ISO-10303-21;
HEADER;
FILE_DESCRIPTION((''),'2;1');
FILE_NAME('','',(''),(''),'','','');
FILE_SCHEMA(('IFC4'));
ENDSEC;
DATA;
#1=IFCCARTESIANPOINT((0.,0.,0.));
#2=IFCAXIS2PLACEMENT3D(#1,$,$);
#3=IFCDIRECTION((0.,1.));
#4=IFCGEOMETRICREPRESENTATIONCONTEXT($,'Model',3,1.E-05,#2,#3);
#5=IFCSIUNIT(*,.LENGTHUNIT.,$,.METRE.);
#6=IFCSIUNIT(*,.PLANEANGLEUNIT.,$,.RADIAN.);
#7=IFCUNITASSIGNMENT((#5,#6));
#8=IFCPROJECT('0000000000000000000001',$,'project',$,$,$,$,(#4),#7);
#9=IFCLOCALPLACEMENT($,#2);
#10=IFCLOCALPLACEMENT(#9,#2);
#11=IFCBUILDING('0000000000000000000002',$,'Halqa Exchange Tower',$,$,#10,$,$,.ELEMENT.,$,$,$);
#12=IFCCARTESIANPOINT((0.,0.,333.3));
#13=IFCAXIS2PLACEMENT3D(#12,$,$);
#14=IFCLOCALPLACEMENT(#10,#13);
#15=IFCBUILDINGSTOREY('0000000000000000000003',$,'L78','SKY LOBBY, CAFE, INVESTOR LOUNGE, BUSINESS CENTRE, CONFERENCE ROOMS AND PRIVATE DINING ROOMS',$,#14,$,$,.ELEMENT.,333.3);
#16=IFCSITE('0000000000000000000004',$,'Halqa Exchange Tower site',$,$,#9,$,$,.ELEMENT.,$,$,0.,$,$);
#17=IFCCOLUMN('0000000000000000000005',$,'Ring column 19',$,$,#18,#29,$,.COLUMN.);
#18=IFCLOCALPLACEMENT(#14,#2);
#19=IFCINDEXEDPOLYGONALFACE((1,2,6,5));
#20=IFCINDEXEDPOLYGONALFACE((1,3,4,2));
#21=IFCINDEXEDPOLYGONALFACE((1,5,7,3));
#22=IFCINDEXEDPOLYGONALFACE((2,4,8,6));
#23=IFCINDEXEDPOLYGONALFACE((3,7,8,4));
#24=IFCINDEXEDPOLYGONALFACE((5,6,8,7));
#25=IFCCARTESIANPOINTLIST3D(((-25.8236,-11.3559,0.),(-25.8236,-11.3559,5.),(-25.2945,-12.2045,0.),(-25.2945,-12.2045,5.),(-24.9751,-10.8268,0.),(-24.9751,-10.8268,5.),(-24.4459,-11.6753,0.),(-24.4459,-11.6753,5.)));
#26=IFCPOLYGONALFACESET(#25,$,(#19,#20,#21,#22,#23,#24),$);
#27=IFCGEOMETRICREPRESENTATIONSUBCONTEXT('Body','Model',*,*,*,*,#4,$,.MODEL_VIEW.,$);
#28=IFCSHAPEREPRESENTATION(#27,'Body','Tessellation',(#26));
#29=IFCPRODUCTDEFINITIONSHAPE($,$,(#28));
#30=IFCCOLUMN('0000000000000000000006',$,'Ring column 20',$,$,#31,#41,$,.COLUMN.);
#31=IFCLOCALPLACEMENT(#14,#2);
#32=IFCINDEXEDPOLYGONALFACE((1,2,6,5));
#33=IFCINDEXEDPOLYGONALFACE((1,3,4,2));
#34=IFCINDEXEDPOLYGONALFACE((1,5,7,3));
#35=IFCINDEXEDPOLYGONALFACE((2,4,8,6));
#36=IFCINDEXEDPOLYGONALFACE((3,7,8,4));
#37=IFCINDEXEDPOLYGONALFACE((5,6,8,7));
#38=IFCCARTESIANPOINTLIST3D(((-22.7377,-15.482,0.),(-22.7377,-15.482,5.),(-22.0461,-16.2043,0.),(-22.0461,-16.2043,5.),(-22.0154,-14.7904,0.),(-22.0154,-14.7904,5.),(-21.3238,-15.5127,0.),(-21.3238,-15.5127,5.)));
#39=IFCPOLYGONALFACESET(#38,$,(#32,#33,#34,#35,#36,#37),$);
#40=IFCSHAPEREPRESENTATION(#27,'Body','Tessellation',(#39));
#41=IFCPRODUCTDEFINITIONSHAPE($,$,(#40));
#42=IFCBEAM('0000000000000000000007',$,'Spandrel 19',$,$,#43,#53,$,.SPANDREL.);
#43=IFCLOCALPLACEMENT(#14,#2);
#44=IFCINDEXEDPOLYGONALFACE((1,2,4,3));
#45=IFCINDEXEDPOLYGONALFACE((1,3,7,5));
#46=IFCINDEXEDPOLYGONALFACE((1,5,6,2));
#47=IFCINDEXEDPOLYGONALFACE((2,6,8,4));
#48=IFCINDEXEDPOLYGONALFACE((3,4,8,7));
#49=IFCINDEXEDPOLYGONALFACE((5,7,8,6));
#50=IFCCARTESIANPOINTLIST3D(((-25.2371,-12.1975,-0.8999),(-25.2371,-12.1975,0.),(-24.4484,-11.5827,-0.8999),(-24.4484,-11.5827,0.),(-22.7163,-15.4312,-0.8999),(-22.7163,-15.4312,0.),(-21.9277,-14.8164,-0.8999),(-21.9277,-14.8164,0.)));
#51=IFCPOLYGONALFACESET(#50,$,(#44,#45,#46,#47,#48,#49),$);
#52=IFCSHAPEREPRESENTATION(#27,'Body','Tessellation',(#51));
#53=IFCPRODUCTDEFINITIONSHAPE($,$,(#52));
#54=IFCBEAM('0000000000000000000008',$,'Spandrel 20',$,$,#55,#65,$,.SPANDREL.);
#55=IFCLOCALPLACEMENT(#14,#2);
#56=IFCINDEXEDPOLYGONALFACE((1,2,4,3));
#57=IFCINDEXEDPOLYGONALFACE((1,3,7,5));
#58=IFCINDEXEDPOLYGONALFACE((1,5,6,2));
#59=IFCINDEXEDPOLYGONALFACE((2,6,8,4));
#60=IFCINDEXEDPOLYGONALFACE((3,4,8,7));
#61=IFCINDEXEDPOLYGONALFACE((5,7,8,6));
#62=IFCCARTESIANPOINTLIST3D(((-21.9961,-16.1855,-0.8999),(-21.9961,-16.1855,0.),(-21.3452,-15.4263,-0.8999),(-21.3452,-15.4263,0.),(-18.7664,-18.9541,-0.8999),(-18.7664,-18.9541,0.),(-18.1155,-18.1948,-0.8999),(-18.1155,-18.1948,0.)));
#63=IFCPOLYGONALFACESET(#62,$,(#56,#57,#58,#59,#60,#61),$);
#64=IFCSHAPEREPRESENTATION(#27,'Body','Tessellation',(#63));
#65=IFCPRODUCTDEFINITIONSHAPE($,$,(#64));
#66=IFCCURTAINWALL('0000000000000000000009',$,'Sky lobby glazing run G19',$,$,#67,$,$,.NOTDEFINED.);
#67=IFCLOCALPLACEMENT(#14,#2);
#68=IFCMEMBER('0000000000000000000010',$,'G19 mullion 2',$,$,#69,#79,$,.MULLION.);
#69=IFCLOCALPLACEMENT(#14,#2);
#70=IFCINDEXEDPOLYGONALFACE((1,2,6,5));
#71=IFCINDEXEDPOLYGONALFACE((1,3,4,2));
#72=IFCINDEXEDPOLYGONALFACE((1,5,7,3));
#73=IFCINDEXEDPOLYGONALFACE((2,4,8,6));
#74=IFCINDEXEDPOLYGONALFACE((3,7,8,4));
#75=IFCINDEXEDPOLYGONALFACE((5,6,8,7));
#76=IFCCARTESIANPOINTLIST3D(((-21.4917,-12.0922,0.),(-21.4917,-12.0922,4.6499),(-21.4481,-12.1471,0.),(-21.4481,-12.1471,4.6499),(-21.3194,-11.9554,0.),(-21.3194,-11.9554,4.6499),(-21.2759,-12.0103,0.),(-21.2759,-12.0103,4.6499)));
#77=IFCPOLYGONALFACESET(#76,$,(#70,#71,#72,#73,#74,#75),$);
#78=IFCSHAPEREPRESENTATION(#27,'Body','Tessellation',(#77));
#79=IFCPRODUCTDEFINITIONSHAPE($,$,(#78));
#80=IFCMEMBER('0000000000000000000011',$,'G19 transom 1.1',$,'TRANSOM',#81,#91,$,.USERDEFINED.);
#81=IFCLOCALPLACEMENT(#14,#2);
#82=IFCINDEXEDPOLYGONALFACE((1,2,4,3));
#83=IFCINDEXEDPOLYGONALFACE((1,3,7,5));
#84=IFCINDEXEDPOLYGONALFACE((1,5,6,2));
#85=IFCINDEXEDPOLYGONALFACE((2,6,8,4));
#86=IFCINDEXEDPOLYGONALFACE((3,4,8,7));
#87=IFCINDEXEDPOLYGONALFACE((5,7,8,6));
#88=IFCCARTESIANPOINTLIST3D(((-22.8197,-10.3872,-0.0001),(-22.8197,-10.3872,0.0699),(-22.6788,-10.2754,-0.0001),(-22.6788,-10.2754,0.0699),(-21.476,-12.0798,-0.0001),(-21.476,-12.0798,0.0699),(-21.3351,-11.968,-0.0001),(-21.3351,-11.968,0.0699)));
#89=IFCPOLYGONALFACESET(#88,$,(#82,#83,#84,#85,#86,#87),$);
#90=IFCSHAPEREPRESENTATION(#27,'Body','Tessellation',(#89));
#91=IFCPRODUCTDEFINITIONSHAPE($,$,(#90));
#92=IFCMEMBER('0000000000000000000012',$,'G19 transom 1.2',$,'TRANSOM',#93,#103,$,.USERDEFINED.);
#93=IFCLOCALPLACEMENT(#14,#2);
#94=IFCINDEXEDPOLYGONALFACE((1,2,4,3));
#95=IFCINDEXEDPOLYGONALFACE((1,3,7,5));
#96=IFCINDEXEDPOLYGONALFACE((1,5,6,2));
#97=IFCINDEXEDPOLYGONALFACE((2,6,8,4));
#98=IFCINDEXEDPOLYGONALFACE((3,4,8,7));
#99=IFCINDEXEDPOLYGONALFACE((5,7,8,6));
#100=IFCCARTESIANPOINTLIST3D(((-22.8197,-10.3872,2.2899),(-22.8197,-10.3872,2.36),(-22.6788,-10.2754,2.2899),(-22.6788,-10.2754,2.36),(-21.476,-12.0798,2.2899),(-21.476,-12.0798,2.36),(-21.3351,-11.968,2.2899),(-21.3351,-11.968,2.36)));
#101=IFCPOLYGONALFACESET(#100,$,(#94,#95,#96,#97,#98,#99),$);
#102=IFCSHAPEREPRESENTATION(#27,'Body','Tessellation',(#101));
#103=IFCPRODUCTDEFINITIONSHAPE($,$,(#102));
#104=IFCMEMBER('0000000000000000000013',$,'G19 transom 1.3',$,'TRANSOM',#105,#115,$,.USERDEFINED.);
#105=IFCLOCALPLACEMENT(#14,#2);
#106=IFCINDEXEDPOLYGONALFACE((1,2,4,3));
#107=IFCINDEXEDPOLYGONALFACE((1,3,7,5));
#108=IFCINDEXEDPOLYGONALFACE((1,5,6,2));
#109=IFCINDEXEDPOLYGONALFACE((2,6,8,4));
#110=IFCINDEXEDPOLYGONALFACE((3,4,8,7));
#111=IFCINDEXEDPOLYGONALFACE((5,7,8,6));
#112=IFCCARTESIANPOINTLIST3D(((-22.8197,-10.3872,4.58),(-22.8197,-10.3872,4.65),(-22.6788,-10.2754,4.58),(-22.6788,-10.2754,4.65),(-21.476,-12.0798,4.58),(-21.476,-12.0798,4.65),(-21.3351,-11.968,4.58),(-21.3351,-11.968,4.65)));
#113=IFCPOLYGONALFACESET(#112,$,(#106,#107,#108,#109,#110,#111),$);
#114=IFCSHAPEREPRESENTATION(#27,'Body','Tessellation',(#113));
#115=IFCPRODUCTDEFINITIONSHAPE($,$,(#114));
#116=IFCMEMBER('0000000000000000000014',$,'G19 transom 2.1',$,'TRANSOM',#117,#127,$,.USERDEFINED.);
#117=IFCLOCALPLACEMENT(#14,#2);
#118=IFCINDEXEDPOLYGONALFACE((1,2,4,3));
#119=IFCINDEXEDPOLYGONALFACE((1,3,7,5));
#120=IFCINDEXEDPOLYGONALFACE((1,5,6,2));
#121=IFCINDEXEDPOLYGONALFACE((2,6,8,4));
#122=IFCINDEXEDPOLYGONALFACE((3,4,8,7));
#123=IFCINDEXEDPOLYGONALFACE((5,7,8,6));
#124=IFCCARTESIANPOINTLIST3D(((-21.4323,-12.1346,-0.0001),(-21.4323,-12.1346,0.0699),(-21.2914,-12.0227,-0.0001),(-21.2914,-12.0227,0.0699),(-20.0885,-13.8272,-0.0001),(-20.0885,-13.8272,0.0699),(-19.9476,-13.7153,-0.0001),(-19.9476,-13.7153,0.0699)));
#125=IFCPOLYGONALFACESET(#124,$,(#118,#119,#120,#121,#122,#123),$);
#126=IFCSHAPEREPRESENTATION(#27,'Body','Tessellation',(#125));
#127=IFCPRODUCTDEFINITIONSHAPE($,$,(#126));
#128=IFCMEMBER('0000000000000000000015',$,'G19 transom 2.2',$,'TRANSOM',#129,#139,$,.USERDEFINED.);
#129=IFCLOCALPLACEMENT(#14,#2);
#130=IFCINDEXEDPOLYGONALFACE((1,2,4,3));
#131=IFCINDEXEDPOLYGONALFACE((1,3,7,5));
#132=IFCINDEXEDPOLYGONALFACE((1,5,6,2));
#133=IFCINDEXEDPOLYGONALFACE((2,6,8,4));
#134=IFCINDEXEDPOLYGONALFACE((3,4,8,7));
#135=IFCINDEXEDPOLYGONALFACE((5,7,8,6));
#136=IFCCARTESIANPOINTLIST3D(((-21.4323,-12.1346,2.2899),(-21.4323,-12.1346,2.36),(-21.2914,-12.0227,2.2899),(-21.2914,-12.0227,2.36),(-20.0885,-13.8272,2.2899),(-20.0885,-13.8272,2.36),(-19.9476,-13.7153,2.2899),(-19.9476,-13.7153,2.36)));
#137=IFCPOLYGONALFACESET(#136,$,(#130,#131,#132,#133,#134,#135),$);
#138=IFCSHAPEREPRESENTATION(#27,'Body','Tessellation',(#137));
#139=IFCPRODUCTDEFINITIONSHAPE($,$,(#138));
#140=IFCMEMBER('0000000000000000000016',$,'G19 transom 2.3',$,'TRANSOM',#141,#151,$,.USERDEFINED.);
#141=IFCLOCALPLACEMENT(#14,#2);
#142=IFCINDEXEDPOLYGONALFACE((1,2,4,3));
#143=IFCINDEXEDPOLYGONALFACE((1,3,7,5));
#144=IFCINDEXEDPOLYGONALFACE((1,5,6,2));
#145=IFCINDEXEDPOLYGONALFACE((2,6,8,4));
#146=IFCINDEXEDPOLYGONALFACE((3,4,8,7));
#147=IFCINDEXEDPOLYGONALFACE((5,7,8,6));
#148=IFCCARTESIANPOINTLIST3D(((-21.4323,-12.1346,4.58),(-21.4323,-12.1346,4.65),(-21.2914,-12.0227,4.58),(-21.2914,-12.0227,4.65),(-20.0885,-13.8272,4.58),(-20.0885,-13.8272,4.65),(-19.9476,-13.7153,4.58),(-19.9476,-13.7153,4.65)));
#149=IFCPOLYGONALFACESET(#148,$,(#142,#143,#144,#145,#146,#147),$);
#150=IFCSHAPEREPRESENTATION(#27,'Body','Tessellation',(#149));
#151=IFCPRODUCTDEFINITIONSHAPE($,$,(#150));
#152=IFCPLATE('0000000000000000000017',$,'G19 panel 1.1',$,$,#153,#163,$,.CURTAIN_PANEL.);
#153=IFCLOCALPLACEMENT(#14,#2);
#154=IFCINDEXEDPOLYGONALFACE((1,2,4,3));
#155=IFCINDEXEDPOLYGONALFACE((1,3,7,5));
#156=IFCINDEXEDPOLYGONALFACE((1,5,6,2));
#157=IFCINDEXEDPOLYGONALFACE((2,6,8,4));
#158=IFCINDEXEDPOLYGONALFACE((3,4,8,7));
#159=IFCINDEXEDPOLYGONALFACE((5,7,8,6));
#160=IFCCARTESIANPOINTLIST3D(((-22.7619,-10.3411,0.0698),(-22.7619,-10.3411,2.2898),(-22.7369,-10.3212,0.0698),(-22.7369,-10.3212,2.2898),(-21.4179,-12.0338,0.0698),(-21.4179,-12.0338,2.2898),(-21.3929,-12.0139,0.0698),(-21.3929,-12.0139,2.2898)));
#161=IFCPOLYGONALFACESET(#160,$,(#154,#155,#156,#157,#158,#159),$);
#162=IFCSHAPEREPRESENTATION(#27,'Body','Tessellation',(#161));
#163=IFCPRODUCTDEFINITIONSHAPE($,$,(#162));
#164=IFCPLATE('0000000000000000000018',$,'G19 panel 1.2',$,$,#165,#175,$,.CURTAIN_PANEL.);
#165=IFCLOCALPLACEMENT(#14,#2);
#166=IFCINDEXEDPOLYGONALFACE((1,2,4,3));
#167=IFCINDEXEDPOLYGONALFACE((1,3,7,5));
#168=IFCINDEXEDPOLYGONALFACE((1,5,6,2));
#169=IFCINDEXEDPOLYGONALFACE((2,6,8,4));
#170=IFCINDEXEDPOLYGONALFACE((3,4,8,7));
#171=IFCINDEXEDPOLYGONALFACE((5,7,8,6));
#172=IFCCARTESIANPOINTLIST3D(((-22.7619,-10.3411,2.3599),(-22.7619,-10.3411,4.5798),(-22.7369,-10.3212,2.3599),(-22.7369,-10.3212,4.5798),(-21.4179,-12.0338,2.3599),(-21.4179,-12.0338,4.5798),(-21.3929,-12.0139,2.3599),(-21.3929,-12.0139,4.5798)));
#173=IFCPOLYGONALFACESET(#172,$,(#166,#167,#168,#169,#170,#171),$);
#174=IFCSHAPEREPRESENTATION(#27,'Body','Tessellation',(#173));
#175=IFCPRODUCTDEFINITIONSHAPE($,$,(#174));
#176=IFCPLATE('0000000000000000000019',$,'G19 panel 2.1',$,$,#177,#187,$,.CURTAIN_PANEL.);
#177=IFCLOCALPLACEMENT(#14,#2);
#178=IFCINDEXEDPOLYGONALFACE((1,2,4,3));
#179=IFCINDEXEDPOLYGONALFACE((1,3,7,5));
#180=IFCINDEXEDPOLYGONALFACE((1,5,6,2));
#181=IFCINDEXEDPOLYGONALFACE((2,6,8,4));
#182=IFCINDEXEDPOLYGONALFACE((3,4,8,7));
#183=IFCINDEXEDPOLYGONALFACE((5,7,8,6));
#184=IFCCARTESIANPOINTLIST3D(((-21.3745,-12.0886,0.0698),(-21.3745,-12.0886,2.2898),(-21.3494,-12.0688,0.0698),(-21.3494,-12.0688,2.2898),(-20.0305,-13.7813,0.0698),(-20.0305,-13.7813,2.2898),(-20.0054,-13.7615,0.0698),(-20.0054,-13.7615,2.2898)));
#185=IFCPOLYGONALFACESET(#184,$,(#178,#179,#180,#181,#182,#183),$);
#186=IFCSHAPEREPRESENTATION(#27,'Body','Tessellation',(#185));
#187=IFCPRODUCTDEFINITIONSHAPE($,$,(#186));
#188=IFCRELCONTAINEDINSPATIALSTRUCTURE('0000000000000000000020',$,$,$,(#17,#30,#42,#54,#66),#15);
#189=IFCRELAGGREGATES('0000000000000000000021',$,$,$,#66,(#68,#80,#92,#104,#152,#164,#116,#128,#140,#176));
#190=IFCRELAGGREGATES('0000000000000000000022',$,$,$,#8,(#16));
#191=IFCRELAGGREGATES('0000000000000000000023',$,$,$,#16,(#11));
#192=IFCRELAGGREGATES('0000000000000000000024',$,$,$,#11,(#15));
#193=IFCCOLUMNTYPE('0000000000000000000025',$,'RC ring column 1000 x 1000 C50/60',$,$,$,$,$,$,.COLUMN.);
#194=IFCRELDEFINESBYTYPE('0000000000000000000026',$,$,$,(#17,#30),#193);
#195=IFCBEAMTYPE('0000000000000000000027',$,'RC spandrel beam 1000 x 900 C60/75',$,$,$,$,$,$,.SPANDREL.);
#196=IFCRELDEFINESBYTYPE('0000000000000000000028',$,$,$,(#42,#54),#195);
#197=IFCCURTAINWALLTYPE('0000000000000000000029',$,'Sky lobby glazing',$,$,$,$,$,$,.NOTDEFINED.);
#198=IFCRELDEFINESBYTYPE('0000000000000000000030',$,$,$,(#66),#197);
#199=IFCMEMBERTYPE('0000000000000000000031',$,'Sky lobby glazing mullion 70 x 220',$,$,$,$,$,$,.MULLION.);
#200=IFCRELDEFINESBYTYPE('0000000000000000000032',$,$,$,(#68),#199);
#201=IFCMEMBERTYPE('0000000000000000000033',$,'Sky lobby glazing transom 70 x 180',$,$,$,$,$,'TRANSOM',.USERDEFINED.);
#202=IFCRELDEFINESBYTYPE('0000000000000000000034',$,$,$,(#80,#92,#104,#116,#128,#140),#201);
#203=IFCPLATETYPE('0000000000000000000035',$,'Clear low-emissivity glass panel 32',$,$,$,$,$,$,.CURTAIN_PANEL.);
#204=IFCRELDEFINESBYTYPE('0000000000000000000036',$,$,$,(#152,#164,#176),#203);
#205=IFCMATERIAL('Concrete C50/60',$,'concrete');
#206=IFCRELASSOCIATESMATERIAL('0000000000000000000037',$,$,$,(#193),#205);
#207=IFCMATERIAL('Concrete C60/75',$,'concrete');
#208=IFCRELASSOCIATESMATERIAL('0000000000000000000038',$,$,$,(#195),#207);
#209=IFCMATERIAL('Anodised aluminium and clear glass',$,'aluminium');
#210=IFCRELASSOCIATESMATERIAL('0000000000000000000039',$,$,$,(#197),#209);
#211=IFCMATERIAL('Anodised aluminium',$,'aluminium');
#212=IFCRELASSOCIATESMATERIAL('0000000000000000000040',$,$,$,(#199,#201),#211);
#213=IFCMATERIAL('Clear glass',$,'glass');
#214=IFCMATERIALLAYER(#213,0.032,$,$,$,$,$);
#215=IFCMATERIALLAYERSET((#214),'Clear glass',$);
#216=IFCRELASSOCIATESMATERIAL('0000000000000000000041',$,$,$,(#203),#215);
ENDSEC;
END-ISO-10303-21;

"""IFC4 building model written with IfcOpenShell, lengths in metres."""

from ifc_helpers import new_model, si_unit, direction, frame, origin, origin_2d, place, context, subcontext, project, spatial, rectangle, extrude, material, layer, layer_set, material_profile, profile_set, type_object, element, aggregate, save


model = new_model("IFC4")

# Units and contexts
model_context = context("Model", 3, precision=1e-05, world=origin(), true_north=direction((0.0, 1.0)))
body_context = subcontext(model_context, "Body", "Model", "MODEL_VIEW")
ifc_project = project(units=[si_unit("LENGTHUNIT", "METRE"), si_unit("PLANEANGLEUNIT", "RADIAN")], contexts=[model_context])

# Site, building, storey
site_placement = place(None, origin())
site = spatial("IfcSite", under=ifc_project, at=site_placement, Name="Halqa Exchange Tower site", CompositionType="ELEMENT", RefElevation=0.0)
building_placement = place(site_placement, origin())
building = spatial("IfcBuilding", under=site, at=building_placement, Name="Halqa Exchange Tower", CompositionType="ELEMENT")
storey_placement = place(building_placement, frame((0.0, 0.0, 333.3)))
storey = spatial("IfcBuildingStorey", under=building, at=storey_placement, Name="L78", Description="SKY LOBBY, CAFE, INVESTOR LOUNGE, BUSINESS CENTRE, CONFERENCE ROOMS AND PRIVATE DINING ROOMS", CompositionType="ELEMENT", Elevation=333.3)

# Columns
ifc_material_1 = material(Name="Concrete C50/60", Category="concrete")
ifc_material_profile_1 = material_profile(ifc_material_1, rectangle(XDim=1.0, YDim=1.0, at=origin_2d()), Name="1000 x 1000")
ifc_profile_set_1 = profile_set([ifc_material_profile_1], Name="Concrete C50/60")
column_type = type_object("IfcColumnType", Name="RC ring column 1000 x 1000 C50/60", PredefinedType="COLUMN", material=ifc_profile_set_1)
for number, where, z_axis, x_axis, name in (
    (1, (-25.1348, -11.5156, 0.0), (0.0, 0.0, 1.0), (0.52914, -0.848534, 0.0), "Ring column 19"),
    (2, (-22.0308, -15.4973, 0.0), (0.0, 0.0, 1.0), (0.691579, -0.722301, 0.0), "Ring column 20"),
):
    element("IfcColumn", number, at=place(storey_placement, frame(where, z_axis=z_axis, x_axis=x_axis)), inside=storey, type_object=column_type, Name=name, PredefinedType="COLUMN", context=body_context, shape_type="SweptSolid", body=[
        extrude(rectangle(XDim=1.0, YDim=1.0, at=origin_2d()), origin(), (0.0, 0.0, 1.0), 5.0),
    ])

# Beams
ifc_material_2 = material(Name="Concrete C60/75", Category="concrete")
ifc_material_profile_2 = material_profile(ifc_material_2, rectangle(XDim=1.0, YDim=0.8999, at=origin_2d()), Name="1000 x 900")
ifc_profile_set_2 = profile_set([ifc_material_profile_2], Name="Concrete C60/75")
beam_type = type_object("IfcBeamType", Name="RC spandrel beam 1000 x 900 C60/75", PredefinedType="SPANDREL", material=ifc_profile_set_2)
beam_1_placement = place(storey_placement, frame((-24.8428, -11.8901, -0.45), z_axis=(0.614806, -0.788678, 0.0), x_axis=(0.788678, 0.614806, 0.0)))
element("IfcBeam", 3, at=beam_1_placement, inside=storey, type_object=beam_type, Name="Spandrel 19", PredefinedType="SPANDREL", context=body_context, shape_type="SweptSolid", body=[
    extrude(rectangle(XDim=1.0, YDim=0.8999, at=origin_2d()), origin(), (0.0, 0.0, 1.0), 4.1001),
])
beam_2_placement = place(storey_placement, frame((-21.6707, -15.8059, -0.45), z_axis=(0.759232, -0.65082, 0.0), x_axis=(0.65082, 0.759232, 0.0)))
element("IfcBeam", 4, at=beam_2_placement, inside=storey, type_object=beam_type, Name="Spandrel 20", PredefinedType="SPANDREL", context=body_context, shape_type="SweptSolid", body=[
    extrude(rectangle(XDim=1.0, YDim=0.8999, at=origin_2d()), origin(), (0.0, 0.0, 1.0), 4.2539),
])

# Curtain wall, members, plates
ifc_material_3 = material(Name="Anodised aluminium and clear glass", Category="aluminium")
curtain_wall_type = type_object("IfcCurtainWallType", Name="Sky lobby glazing", PredefinedType="NOTDEFINED", material=ifc_material_3)
curtain_wall_placement = place(storey_placement, origin())
curtain_wall = element("IfcCurtainWall", 5, at=curtain_wall_placement, inside=storey, type_object=curtain_wall_type, Name="Sky lobby glazing run G19", PredefinedType="NOTDEFINED")
ifc_material_4 = material(Name="Anodised aluminium", Category="aluminium")
ifc_material_profile_3 = material_profile(ifc_material_4, rectangle(XDim=0.22, YDim=0.0701, at=origin_2d()), Name="AL 70x220")
ifc_profile_set_3 = profile_set([ifc_material_profile_3], Name="Anodised aluminium")
member_type_1 = type_object("IfcMemberType", Name="Sky lobby glazing mullion 70 x 220", PredefinedType="MULLION", material=ifc_profile_set_3)
member_1_placement = place(storey_placement, frame((-21.3838, -12.0513, 0.0), z_axis=(0.0, 0.0, 1.0), x_axis=(0.783162, 0.621817, 0.0)))
member_1 = element("IfcMember", 6, at=member_1_placement, type_object=member_type_1, Name="G19 mullion 2", PredefinedType="MULLION", context=body_context, shape_type="SweptSolid", body=[
    extrude(rectangle(XDim=0.22, YDim=0.0701, at=origin_2d()), origin(), (0.0, 0.0, 1.0), 4.6499),
])
ifc_material_profile_4 = material_profile(ifc_material_4, rectangle(XDim=0.1799, YDim=0.0701, at=origin_2d()), Name="AL 70x180")
ifc_profile_set_4 = profile_set([ifc_material_profile_4], Name="Anodised aluminium")
member_type_2 = type_object("IfcMemberType", Name="Sky lobby glazing transom 70 x 180", ElementType="TRANSOM", PredefinedType="USERDEFINED", material=ifc_profile_set_4)
member_2_placement = place(storey_placement, frame((-22.7493, -10.3313, 0.0349), z_axis=(0.62177, -0.7832, 0.0), x_axis=(0.7832, 0.62177, 0.0)))
member_2 = element("IfcMember", 7, at=member_2_placement, type_object=member_type_2, Name="G19 transom 1.1", ObjectType="TRANSOM", PredefinedType="USERDEFINED", context=body_context, shape_type="SweptSolid", body=[
    extrude(rectangle(XDim=0.1799, YDim=0.0701, at=origin_2d()), origin(), (0.0, 0.0, 1.0), 2.1611),
])
member_3_placement = place(storey_placement, frame((-22.7493, -10.3313, 2.325), z_axis=(0.62177, -0.7832, 0.0), x_axis=(0.7832, 0.62177, 0.0)))
member_3 = element("IfcMember", 8, at=member_3_placement, type_object=member_type_2, Name="G19 transom 1.2", ObjectType="TRANSOM", PredefinedType="USERDEFINED", context=body_context, shape_type="SweptSolid", body=[
    extrude(rectangle(XDim=0.1799, YDim=0.0701, at=origin_2d()), origin(), (0.0, 0.0, 1.0), 2.1611),
])
member_4_placement = place(storey_placement, frame((-22.7493, -10.3313, 4.615), z_axis=(0.62177, -0.7832, 0.0), x_axis=(0.7832, 0.62177, 0.0)))
member_4 = element("IfcMember", 9, at=member_4_placement, type_object=member_type_2, Name="G19 transom 1.3", ObjectType="TRANSOM", PredefinedType="USERDEFINED", context=body_context, shape_type="SweptSolid", body=[
    extrude(rectangle(XDim=0.1799, YDim=0.0701, at=origin_2d()), origin(), (0.0, 0.0, 1.0), 2.1611),
])
member_5_placement = place(storey_placement, frame((-21.3618, -12.0786, 0.0349), z_axis=(0.62177, -0.7832, 0.0), x_axis=(0.7832, 0.62177, 0.0)))
member_5 = element("IfcMember", 10, at=member_5_placement, type_object=member_type_2, Name="G19 transom 2.1", ObjectType="TRANSOM", PredefinedType="USERDEFINED", context=body_context, shape_type="SweptSolid", body=[
    extrude(rectangle(XDim=0.1799, YDim=0.0701, at=origin_2d()), origin(), (0.0, 0.0, 1.0), 2.1611),
])
member_6_placement = place(storey_placement, frame((-21.3618, -12.0786, 2.325), z_axis=(0.62177, -0.7832, 0.0), x_axis=(0.7832, 0.62177, 0.0)))
member_6 = element("IfcMember", 11, at=member_6_placement, type_object=member_type_2, Name="G19 transom 2.2", ObjectType="TRANSOM", PredefinedType="USERDEFINED", context=body_context, shape_type="SweptSolid", body=[
    extrude(rectangle(XDim=0.1799, YDim=0.0701, at=origin_2d()), origin(), (0.0, 0.0, 1.0), 2.1611),
])
member_7_placement = place(storey_placement, frame((-21.3618, -12.0786, 4.615), z_axis=(0.62177, -0.7832, 0.0), x_axis=(0.7832, 0.62177, 0.0)))
member_7 = element("IfcMember", 12, at=member_7_placement, type_object=member_type_2, Name="G19 transom 2.3", ObjectType="TRANSOM", PredefinedType="USERDEFINED", context=body_context, shape_type="SweptSolid", body=[
    extrude(rectangle(XDim=0.1799, YDim=0.0701, at=origin_2d()), origin(), (0.0, 0.0, 1.0), 2.1611),
])
ifc_material_5 = material(Name="Clear glass", Category="glass")
ifc_layer = layer(ifc_material_5, 0.032)
ifc_layer_set = layer_set([ifc_layer], Name="Clear glass")
plate_type = type_object("IfcPlateType", Name="Clear low-emissivity glass panel 32", PredefinedType="CURTAIN_PANEL", material=ifc_layer_set)
plate_1_placement = place(storey_placement, frame((-22.0774, -11.1775, 0.0698), z_axis=(0.0, 0.0, 1.0), x_axis=(0.621817, -0.783162, 0.0)))
plate_1 = element("IfcPlate", 13, at=plate_1_placement, type_object=plate_type, Name="G19 panel 1.1", PredefinedType="CURTAIN_PANEL", context=body_context, shape_type="SweptSolid", body=[
    extrude(rectangle(XDim=2.1614, YDim=0.032, at=origin_2d()), origin(), (0.0, 0.0, 1.0), 2.22),
])
plate_2_placement = place(storey_placement, frame((-22.0774, -11.1775, 2.3599), z_axis=(0.0, 0.0, 1.0), x_axis=(0.621817, -0.783162, 0.0)))
plate_2 = element("IfcPlate", 14, at=plate_2_placement, type_object=plate_type, Name="G19 panel 1.2", PredefinedType="CURTAIN_PANEL", context=body_context, shape_type="SweptSolid", body=[
    extrude(rectangle(XDim=2.1614, YDim=0.032, at=origin_2d()), origin(), (0.0, 0.0, 1.0), 2.22),
])
plate_3_placement = place(storey_placement, frame((-20.6899, -12.925, 0.0698), z_axis=(0.0, 0.0, 1.0), x_axis=(0.621817, -0.783162, 0.0)))
plate_3 = element("IfcPlate", 15, at=plate_3_placement, type_object=plate_type, Name="G19 panel 2.1", PredefinedType="CURTAIN_PANEL", context=body_context, shape_type="SweptSolid", body=[
    extrude(rectangle(XDim=2.1614, YDim=0.032, at=origin_2d()), origin(), (0.0, 0.0, 1.0), 2.22),
])
aggregate(curtain_wall, [member_1, member_2, member_3, member_4, plate_1, plate_2, member_5, member_6, member_7, plate_3])

save(model, "model.ifc")
